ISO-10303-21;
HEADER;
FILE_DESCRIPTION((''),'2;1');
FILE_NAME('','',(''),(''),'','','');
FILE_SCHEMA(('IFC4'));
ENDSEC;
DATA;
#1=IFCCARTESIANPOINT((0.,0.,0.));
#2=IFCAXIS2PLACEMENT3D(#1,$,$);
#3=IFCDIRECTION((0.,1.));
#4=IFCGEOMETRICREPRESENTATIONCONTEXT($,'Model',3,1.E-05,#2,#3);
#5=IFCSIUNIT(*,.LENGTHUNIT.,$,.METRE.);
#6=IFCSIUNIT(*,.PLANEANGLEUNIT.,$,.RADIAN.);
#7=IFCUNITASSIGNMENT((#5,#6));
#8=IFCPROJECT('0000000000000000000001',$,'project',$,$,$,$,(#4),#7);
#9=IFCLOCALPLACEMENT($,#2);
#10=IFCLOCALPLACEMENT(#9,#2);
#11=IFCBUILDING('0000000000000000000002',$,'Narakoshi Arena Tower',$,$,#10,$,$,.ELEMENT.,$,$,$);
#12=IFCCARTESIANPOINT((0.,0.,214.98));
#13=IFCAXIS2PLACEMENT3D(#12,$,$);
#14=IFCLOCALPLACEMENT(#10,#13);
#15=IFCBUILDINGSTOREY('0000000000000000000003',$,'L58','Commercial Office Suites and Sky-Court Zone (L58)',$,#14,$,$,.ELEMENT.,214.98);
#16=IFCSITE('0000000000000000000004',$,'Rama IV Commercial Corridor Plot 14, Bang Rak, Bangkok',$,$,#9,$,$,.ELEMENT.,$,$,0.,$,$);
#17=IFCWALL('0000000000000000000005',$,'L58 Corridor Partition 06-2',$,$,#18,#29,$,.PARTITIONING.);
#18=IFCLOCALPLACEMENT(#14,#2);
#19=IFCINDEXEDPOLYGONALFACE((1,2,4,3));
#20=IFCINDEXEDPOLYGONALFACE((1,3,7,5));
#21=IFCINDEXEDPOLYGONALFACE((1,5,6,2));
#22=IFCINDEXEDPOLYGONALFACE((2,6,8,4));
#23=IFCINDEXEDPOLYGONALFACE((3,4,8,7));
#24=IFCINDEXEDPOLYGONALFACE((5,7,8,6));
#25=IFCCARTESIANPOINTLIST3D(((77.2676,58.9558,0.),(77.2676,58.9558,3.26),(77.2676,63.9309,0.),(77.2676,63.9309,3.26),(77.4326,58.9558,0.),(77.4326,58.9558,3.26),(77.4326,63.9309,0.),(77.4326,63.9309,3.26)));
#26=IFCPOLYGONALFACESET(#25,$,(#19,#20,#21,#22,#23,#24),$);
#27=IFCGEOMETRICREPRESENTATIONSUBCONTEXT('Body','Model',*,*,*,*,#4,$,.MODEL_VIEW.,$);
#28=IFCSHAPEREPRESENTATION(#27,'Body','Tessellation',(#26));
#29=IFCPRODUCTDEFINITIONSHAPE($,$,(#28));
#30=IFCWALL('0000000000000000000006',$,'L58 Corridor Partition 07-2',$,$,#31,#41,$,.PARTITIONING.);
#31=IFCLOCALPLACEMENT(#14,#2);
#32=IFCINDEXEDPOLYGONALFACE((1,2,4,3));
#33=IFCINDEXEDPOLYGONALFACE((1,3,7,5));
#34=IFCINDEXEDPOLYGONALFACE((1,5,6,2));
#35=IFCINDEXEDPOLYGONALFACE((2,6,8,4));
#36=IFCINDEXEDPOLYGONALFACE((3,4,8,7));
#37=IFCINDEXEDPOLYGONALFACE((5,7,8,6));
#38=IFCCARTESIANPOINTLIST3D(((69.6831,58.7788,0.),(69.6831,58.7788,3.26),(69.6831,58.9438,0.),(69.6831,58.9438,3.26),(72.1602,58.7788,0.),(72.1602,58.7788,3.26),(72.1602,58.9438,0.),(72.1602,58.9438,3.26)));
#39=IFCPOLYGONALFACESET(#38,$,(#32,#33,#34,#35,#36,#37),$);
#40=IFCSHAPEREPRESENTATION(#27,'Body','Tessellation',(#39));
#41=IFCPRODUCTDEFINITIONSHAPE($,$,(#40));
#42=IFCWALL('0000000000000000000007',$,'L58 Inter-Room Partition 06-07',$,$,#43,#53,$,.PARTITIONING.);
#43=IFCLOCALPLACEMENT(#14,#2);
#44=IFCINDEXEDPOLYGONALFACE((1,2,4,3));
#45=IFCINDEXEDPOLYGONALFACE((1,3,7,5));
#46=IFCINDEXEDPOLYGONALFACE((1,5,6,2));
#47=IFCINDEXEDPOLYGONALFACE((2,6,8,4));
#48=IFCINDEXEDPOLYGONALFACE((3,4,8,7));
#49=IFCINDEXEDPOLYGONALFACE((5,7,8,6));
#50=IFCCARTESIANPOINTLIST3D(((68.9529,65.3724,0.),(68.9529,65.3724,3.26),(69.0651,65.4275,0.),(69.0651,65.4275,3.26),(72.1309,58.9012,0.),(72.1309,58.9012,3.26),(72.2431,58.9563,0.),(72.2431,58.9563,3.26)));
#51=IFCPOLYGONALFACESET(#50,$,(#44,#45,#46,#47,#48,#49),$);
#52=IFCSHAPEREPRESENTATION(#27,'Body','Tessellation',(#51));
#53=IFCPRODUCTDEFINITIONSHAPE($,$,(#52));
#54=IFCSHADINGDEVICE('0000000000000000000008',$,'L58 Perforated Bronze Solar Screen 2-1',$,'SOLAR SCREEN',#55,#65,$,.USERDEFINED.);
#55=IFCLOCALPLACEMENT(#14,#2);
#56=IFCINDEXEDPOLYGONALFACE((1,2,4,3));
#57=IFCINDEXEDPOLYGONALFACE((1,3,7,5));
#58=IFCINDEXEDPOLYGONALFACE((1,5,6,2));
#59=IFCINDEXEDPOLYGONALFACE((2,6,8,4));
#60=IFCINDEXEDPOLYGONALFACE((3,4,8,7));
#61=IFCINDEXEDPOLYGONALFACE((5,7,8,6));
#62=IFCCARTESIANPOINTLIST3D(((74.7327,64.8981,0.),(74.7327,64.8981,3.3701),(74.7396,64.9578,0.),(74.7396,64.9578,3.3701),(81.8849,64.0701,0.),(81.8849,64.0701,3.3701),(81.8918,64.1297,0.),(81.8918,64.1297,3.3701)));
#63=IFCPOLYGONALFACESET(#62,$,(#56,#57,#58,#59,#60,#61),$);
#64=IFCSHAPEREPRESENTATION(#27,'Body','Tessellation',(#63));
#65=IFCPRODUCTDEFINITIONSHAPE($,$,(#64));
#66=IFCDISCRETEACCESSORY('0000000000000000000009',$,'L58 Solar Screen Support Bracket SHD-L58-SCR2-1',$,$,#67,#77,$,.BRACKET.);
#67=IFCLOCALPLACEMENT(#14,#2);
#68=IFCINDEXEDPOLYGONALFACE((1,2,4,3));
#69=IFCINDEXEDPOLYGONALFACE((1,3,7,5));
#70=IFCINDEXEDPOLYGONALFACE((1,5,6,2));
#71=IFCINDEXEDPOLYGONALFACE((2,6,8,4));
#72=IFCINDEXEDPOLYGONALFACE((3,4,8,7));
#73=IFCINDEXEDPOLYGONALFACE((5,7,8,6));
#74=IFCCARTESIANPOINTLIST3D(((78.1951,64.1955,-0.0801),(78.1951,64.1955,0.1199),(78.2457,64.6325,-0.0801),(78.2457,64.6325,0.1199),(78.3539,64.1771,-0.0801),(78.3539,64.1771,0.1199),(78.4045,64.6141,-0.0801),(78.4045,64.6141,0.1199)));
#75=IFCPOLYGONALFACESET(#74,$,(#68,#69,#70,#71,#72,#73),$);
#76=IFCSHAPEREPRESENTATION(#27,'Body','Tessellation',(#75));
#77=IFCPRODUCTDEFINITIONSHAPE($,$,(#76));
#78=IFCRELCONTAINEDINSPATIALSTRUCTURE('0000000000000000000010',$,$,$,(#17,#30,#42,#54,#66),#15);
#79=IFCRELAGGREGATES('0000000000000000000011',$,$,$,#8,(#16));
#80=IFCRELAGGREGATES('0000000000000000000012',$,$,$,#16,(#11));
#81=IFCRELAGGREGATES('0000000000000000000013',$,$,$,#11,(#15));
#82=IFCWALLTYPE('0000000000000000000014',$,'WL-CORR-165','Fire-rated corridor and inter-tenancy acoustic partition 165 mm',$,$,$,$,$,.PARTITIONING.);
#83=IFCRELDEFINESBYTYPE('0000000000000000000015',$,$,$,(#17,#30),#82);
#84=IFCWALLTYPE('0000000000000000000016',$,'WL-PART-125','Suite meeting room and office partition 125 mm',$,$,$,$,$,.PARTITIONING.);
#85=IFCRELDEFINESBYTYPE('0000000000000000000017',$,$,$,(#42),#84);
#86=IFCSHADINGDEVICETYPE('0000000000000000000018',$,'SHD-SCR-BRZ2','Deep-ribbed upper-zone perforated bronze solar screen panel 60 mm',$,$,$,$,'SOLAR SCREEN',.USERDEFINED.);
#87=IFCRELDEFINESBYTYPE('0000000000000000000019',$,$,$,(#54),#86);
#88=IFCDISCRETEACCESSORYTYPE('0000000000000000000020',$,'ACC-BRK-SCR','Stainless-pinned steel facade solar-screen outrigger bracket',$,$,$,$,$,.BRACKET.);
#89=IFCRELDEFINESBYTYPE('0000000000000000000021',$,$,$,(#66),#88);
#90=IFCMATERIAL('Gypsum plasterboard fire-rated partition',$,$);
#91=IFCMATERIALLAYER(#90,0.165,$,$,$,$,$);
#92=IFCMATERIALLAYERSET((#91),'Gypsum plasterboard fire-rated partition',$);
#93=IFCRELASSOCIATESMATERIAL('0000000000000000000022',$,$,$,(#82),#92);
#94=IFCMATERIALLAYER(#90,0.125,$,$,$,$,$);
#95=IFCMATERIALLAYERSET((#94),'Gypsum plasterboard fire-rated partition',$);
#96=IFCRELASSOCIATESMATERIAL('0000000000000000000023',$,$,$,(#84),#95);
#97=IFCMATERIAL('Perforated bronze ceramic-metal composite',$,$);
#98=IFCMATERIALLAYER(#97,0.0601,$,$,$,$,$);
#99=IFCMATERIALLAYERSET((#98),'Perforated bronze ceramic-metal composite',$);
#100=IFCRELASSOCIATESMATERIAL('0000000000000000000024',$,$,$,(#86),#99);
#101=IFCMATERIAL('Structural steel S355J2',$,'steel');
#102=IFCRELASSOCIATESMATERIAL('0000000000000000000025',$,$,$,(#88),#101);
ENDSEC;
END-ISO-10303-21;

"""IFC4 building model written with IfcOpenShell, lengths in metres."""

from ifc_helpers import new_model, si_unit, direction, frame, frame_2d, origin, origin_2d, place, context, subcontext, project, spatial, rectangle, extrude, material, layer, layer_set, type_object, element, save


model = new_model("IFC4")

# Units and contexts
model_context = context("Model", 3, precision=1e-05, world=origin(), true_north=direction((0.0, 1.0)))
body_context = subcontext(model_context, "Body", "Model", "MODEL_VIEW")
ifc_project = project(units=[si_unit("LENGTHUNIT", "METRE"), si_unit("PLANEANGLEUNIT", "RADIAN")], contexts=[model_context])

# Site, building, storey
site_placement = place(None, origin())
site = spatial("IfcSite", under=ifc_project, at=site_placement, Name="Rama IV Commercial Corridor Plot 14, Bang Rak, Bangkok", CompositionType="ELEMENT", RefElevation=0.0)
building_placement = place(site_placement, origin())
building = spatial("IfcBuilding", under=site, at=building_placement, Name="Narakoshi Arena Tower", CompositionType="ELEMENT")
storey_placement = place(building_placement, frame((0.0, 0.0, 214.98)))
storey = spatial("IfcBuildingStorey", under=building, at=storey_placement, Name="L58", Description="Commercial Office Suites and Sky-Court Zone (L58)", CompositionType="ELEMENT", Elevation=214.98)

# Shared definitions
ifc_material_1 = material(Name="Structural steel S355J2", Category="steel")

# Shared definitions
ifc_material_2 = material(Name="Gypsum plasterboard fire-rated partition")
ifc_layer_1 = layer(ifc_material_2, 0.165)
ifc_layer_set_1 = layer_set([ifc_layer_1], Name="Gypsum plasterboard fire-rated partition")
wall_type_1 = type_object("IfcWallType", Name="WL-CORR-165", Description="Fire-rated corridor and inter-tenancy acoustic partition 165 mm", PredefinedType="PARTITIONING", material=ifc_layer_set_1)

# Walls
wall_1_placement = place(storey_placement, frame((77.3501, 63.9309, 0.0), z_axis=(0.0, 0.0, 1.0), x_axis=(0.0, -1.0, 0.0)))
element("IfcWall", 1, at=wall_1_placement, inside=storey, type_object=wall_type_1, Name="L58 Corridor Partition 06-2", PredefinedType="PARTITIONING", context=body_context, shape_type="SweptSolid", body=[
    extrude(rectangle(XDim=4.9751, YDim=0.165, at=frame_2d((2.4875, 0.0))), origin(), (0.0, 0.0, 1.0), 3.26),
])
wall_2_placement = place(storey_placement, frame((72.1602, 58.8613, 0.0), z_axis=(0.0, 0.0, 1.0), x_axis=(-1.0, 0.0, 0.0)))
element("IfcWall", 2, at=wall_2_placement, inside=storey, type_object=wall_type_1, Name="L58 Corridor Partition 07-2", PredefinedType="PARTITIONING", context=body_context, shape_type="SweptSolid", body=[
    extrude(rectangle(XDim=2.4771, YDim=0.165, at=frame_2d((1.2385, 0.0))), origin(), (0.0, 0.0, 1.0), 3.26),
])
ifc_layer_2 = layer(ifc_material_2, 0.125)
ifc_layer_set_2 = layer_set([ifc_layer_2], Name="Gypsum plasterboard fire-rated partition")
wall_type_2 = type_object("IfcWallType", Name="WL-PART-125", Description="Suite meeting room and office partition 125 mm", PredefinedType="PARTITIONING", material=ifc_layer_set_2)
wall_3_placement = place(storey_placement, frame((72.187, 58.9287, 0.0), z_axis=(0.0, 0.0, 1.0), x_axis=(-0.440809, 0.897601, 0.0)))
element("IfcWall", 3, at=wall_3_placement, inside=storey, type_object=wall_type_2, Name="L58 Inter-Room Partition 06-07", PredefinedType="PARTITIONING", context=body_context, shape_type="SweptSolid", body=[
    extrude(rectangle(XDim=7.2095, YDim=0.125, at=frame_2d((3.6047, 0.0))), origin(), (0.0, 0.0, 1.0), 3.26),
])

# Shading device
ifc_material_3 = material(Name="Perforated bronze ceramic-metal composite")
ifc_layer_3 = layer(ifc_material_3, 0.0601)
ifc_layer_set_3 = layer_set([ifc_layer_3], Name="Perforated bronze ceramic-metal composite")
shading_device_type = type_object("IfcShadingDeviceType", Name="SHD-SCR-BRZ2", Description="Deep-ribbed upper-zone perforated bronze solar screen panel 60 mm", ElementType="SOLAR SCREEN", PredefinedType="USERDEFINED", material=ifc_layer_set_3)
shading_device_placement = place(storey_placement, frame((78.3123, 64.5139, 0.0), z_axis=(0.0, 0.0, 1.0), x_axis=(-0.993365, 0.115007, 0.0)))
element("IfcShadingDevice", 4, at=shading_device_placement, inside=storey, type_object=shading_device_type, Name="L58 Perforated Bronze Solar Screen 2-1", ObjectType="SOLAR SCREEN", PredefinedType="USERDEFINED", context=body_context, shape_type="SweptSolid", body=[
    extrude(rectangle(XDim=7.2, YDim=0.0601, at=origin_2d()), origin(), (0.0, 0.0, 1.0), 3.3701),
])

# Discrete accessory
discrete_accessory_type = type_object("IfcDiscreteAccessoryType", Name="ACC-BRK-SCR", Description="Stainless-pinned steel facade solar-screen outrigger bracket", PredefinedType="BRACKET", material=ifc_material_1)
discrete_accessory_placement = place(storey_placement, frame((78.2998, 64.4048, -0.0801), z_axis=(0.0, 0.0, 1.0), x_axis=(-0.993365, 0.115007, 0.0)))
element("IfcDiscreteAccessory", 5, at=discrete_accessory_placement, inside=storey, type_object=discrete_accessory_type, Name="L58 Solar Screen Support Bracket SHD-L58-SCR2-1", PredefinedType="BRACKET", context=body_context, shape_type="SweptSolid", body=[
    extrude(rectangle(XDim=0.1599, YDim=0.4399, at=origin_2d()), origin(), (0.0, 0.0, 1.0), 0.2),
])

save(model, "model.ifc")
